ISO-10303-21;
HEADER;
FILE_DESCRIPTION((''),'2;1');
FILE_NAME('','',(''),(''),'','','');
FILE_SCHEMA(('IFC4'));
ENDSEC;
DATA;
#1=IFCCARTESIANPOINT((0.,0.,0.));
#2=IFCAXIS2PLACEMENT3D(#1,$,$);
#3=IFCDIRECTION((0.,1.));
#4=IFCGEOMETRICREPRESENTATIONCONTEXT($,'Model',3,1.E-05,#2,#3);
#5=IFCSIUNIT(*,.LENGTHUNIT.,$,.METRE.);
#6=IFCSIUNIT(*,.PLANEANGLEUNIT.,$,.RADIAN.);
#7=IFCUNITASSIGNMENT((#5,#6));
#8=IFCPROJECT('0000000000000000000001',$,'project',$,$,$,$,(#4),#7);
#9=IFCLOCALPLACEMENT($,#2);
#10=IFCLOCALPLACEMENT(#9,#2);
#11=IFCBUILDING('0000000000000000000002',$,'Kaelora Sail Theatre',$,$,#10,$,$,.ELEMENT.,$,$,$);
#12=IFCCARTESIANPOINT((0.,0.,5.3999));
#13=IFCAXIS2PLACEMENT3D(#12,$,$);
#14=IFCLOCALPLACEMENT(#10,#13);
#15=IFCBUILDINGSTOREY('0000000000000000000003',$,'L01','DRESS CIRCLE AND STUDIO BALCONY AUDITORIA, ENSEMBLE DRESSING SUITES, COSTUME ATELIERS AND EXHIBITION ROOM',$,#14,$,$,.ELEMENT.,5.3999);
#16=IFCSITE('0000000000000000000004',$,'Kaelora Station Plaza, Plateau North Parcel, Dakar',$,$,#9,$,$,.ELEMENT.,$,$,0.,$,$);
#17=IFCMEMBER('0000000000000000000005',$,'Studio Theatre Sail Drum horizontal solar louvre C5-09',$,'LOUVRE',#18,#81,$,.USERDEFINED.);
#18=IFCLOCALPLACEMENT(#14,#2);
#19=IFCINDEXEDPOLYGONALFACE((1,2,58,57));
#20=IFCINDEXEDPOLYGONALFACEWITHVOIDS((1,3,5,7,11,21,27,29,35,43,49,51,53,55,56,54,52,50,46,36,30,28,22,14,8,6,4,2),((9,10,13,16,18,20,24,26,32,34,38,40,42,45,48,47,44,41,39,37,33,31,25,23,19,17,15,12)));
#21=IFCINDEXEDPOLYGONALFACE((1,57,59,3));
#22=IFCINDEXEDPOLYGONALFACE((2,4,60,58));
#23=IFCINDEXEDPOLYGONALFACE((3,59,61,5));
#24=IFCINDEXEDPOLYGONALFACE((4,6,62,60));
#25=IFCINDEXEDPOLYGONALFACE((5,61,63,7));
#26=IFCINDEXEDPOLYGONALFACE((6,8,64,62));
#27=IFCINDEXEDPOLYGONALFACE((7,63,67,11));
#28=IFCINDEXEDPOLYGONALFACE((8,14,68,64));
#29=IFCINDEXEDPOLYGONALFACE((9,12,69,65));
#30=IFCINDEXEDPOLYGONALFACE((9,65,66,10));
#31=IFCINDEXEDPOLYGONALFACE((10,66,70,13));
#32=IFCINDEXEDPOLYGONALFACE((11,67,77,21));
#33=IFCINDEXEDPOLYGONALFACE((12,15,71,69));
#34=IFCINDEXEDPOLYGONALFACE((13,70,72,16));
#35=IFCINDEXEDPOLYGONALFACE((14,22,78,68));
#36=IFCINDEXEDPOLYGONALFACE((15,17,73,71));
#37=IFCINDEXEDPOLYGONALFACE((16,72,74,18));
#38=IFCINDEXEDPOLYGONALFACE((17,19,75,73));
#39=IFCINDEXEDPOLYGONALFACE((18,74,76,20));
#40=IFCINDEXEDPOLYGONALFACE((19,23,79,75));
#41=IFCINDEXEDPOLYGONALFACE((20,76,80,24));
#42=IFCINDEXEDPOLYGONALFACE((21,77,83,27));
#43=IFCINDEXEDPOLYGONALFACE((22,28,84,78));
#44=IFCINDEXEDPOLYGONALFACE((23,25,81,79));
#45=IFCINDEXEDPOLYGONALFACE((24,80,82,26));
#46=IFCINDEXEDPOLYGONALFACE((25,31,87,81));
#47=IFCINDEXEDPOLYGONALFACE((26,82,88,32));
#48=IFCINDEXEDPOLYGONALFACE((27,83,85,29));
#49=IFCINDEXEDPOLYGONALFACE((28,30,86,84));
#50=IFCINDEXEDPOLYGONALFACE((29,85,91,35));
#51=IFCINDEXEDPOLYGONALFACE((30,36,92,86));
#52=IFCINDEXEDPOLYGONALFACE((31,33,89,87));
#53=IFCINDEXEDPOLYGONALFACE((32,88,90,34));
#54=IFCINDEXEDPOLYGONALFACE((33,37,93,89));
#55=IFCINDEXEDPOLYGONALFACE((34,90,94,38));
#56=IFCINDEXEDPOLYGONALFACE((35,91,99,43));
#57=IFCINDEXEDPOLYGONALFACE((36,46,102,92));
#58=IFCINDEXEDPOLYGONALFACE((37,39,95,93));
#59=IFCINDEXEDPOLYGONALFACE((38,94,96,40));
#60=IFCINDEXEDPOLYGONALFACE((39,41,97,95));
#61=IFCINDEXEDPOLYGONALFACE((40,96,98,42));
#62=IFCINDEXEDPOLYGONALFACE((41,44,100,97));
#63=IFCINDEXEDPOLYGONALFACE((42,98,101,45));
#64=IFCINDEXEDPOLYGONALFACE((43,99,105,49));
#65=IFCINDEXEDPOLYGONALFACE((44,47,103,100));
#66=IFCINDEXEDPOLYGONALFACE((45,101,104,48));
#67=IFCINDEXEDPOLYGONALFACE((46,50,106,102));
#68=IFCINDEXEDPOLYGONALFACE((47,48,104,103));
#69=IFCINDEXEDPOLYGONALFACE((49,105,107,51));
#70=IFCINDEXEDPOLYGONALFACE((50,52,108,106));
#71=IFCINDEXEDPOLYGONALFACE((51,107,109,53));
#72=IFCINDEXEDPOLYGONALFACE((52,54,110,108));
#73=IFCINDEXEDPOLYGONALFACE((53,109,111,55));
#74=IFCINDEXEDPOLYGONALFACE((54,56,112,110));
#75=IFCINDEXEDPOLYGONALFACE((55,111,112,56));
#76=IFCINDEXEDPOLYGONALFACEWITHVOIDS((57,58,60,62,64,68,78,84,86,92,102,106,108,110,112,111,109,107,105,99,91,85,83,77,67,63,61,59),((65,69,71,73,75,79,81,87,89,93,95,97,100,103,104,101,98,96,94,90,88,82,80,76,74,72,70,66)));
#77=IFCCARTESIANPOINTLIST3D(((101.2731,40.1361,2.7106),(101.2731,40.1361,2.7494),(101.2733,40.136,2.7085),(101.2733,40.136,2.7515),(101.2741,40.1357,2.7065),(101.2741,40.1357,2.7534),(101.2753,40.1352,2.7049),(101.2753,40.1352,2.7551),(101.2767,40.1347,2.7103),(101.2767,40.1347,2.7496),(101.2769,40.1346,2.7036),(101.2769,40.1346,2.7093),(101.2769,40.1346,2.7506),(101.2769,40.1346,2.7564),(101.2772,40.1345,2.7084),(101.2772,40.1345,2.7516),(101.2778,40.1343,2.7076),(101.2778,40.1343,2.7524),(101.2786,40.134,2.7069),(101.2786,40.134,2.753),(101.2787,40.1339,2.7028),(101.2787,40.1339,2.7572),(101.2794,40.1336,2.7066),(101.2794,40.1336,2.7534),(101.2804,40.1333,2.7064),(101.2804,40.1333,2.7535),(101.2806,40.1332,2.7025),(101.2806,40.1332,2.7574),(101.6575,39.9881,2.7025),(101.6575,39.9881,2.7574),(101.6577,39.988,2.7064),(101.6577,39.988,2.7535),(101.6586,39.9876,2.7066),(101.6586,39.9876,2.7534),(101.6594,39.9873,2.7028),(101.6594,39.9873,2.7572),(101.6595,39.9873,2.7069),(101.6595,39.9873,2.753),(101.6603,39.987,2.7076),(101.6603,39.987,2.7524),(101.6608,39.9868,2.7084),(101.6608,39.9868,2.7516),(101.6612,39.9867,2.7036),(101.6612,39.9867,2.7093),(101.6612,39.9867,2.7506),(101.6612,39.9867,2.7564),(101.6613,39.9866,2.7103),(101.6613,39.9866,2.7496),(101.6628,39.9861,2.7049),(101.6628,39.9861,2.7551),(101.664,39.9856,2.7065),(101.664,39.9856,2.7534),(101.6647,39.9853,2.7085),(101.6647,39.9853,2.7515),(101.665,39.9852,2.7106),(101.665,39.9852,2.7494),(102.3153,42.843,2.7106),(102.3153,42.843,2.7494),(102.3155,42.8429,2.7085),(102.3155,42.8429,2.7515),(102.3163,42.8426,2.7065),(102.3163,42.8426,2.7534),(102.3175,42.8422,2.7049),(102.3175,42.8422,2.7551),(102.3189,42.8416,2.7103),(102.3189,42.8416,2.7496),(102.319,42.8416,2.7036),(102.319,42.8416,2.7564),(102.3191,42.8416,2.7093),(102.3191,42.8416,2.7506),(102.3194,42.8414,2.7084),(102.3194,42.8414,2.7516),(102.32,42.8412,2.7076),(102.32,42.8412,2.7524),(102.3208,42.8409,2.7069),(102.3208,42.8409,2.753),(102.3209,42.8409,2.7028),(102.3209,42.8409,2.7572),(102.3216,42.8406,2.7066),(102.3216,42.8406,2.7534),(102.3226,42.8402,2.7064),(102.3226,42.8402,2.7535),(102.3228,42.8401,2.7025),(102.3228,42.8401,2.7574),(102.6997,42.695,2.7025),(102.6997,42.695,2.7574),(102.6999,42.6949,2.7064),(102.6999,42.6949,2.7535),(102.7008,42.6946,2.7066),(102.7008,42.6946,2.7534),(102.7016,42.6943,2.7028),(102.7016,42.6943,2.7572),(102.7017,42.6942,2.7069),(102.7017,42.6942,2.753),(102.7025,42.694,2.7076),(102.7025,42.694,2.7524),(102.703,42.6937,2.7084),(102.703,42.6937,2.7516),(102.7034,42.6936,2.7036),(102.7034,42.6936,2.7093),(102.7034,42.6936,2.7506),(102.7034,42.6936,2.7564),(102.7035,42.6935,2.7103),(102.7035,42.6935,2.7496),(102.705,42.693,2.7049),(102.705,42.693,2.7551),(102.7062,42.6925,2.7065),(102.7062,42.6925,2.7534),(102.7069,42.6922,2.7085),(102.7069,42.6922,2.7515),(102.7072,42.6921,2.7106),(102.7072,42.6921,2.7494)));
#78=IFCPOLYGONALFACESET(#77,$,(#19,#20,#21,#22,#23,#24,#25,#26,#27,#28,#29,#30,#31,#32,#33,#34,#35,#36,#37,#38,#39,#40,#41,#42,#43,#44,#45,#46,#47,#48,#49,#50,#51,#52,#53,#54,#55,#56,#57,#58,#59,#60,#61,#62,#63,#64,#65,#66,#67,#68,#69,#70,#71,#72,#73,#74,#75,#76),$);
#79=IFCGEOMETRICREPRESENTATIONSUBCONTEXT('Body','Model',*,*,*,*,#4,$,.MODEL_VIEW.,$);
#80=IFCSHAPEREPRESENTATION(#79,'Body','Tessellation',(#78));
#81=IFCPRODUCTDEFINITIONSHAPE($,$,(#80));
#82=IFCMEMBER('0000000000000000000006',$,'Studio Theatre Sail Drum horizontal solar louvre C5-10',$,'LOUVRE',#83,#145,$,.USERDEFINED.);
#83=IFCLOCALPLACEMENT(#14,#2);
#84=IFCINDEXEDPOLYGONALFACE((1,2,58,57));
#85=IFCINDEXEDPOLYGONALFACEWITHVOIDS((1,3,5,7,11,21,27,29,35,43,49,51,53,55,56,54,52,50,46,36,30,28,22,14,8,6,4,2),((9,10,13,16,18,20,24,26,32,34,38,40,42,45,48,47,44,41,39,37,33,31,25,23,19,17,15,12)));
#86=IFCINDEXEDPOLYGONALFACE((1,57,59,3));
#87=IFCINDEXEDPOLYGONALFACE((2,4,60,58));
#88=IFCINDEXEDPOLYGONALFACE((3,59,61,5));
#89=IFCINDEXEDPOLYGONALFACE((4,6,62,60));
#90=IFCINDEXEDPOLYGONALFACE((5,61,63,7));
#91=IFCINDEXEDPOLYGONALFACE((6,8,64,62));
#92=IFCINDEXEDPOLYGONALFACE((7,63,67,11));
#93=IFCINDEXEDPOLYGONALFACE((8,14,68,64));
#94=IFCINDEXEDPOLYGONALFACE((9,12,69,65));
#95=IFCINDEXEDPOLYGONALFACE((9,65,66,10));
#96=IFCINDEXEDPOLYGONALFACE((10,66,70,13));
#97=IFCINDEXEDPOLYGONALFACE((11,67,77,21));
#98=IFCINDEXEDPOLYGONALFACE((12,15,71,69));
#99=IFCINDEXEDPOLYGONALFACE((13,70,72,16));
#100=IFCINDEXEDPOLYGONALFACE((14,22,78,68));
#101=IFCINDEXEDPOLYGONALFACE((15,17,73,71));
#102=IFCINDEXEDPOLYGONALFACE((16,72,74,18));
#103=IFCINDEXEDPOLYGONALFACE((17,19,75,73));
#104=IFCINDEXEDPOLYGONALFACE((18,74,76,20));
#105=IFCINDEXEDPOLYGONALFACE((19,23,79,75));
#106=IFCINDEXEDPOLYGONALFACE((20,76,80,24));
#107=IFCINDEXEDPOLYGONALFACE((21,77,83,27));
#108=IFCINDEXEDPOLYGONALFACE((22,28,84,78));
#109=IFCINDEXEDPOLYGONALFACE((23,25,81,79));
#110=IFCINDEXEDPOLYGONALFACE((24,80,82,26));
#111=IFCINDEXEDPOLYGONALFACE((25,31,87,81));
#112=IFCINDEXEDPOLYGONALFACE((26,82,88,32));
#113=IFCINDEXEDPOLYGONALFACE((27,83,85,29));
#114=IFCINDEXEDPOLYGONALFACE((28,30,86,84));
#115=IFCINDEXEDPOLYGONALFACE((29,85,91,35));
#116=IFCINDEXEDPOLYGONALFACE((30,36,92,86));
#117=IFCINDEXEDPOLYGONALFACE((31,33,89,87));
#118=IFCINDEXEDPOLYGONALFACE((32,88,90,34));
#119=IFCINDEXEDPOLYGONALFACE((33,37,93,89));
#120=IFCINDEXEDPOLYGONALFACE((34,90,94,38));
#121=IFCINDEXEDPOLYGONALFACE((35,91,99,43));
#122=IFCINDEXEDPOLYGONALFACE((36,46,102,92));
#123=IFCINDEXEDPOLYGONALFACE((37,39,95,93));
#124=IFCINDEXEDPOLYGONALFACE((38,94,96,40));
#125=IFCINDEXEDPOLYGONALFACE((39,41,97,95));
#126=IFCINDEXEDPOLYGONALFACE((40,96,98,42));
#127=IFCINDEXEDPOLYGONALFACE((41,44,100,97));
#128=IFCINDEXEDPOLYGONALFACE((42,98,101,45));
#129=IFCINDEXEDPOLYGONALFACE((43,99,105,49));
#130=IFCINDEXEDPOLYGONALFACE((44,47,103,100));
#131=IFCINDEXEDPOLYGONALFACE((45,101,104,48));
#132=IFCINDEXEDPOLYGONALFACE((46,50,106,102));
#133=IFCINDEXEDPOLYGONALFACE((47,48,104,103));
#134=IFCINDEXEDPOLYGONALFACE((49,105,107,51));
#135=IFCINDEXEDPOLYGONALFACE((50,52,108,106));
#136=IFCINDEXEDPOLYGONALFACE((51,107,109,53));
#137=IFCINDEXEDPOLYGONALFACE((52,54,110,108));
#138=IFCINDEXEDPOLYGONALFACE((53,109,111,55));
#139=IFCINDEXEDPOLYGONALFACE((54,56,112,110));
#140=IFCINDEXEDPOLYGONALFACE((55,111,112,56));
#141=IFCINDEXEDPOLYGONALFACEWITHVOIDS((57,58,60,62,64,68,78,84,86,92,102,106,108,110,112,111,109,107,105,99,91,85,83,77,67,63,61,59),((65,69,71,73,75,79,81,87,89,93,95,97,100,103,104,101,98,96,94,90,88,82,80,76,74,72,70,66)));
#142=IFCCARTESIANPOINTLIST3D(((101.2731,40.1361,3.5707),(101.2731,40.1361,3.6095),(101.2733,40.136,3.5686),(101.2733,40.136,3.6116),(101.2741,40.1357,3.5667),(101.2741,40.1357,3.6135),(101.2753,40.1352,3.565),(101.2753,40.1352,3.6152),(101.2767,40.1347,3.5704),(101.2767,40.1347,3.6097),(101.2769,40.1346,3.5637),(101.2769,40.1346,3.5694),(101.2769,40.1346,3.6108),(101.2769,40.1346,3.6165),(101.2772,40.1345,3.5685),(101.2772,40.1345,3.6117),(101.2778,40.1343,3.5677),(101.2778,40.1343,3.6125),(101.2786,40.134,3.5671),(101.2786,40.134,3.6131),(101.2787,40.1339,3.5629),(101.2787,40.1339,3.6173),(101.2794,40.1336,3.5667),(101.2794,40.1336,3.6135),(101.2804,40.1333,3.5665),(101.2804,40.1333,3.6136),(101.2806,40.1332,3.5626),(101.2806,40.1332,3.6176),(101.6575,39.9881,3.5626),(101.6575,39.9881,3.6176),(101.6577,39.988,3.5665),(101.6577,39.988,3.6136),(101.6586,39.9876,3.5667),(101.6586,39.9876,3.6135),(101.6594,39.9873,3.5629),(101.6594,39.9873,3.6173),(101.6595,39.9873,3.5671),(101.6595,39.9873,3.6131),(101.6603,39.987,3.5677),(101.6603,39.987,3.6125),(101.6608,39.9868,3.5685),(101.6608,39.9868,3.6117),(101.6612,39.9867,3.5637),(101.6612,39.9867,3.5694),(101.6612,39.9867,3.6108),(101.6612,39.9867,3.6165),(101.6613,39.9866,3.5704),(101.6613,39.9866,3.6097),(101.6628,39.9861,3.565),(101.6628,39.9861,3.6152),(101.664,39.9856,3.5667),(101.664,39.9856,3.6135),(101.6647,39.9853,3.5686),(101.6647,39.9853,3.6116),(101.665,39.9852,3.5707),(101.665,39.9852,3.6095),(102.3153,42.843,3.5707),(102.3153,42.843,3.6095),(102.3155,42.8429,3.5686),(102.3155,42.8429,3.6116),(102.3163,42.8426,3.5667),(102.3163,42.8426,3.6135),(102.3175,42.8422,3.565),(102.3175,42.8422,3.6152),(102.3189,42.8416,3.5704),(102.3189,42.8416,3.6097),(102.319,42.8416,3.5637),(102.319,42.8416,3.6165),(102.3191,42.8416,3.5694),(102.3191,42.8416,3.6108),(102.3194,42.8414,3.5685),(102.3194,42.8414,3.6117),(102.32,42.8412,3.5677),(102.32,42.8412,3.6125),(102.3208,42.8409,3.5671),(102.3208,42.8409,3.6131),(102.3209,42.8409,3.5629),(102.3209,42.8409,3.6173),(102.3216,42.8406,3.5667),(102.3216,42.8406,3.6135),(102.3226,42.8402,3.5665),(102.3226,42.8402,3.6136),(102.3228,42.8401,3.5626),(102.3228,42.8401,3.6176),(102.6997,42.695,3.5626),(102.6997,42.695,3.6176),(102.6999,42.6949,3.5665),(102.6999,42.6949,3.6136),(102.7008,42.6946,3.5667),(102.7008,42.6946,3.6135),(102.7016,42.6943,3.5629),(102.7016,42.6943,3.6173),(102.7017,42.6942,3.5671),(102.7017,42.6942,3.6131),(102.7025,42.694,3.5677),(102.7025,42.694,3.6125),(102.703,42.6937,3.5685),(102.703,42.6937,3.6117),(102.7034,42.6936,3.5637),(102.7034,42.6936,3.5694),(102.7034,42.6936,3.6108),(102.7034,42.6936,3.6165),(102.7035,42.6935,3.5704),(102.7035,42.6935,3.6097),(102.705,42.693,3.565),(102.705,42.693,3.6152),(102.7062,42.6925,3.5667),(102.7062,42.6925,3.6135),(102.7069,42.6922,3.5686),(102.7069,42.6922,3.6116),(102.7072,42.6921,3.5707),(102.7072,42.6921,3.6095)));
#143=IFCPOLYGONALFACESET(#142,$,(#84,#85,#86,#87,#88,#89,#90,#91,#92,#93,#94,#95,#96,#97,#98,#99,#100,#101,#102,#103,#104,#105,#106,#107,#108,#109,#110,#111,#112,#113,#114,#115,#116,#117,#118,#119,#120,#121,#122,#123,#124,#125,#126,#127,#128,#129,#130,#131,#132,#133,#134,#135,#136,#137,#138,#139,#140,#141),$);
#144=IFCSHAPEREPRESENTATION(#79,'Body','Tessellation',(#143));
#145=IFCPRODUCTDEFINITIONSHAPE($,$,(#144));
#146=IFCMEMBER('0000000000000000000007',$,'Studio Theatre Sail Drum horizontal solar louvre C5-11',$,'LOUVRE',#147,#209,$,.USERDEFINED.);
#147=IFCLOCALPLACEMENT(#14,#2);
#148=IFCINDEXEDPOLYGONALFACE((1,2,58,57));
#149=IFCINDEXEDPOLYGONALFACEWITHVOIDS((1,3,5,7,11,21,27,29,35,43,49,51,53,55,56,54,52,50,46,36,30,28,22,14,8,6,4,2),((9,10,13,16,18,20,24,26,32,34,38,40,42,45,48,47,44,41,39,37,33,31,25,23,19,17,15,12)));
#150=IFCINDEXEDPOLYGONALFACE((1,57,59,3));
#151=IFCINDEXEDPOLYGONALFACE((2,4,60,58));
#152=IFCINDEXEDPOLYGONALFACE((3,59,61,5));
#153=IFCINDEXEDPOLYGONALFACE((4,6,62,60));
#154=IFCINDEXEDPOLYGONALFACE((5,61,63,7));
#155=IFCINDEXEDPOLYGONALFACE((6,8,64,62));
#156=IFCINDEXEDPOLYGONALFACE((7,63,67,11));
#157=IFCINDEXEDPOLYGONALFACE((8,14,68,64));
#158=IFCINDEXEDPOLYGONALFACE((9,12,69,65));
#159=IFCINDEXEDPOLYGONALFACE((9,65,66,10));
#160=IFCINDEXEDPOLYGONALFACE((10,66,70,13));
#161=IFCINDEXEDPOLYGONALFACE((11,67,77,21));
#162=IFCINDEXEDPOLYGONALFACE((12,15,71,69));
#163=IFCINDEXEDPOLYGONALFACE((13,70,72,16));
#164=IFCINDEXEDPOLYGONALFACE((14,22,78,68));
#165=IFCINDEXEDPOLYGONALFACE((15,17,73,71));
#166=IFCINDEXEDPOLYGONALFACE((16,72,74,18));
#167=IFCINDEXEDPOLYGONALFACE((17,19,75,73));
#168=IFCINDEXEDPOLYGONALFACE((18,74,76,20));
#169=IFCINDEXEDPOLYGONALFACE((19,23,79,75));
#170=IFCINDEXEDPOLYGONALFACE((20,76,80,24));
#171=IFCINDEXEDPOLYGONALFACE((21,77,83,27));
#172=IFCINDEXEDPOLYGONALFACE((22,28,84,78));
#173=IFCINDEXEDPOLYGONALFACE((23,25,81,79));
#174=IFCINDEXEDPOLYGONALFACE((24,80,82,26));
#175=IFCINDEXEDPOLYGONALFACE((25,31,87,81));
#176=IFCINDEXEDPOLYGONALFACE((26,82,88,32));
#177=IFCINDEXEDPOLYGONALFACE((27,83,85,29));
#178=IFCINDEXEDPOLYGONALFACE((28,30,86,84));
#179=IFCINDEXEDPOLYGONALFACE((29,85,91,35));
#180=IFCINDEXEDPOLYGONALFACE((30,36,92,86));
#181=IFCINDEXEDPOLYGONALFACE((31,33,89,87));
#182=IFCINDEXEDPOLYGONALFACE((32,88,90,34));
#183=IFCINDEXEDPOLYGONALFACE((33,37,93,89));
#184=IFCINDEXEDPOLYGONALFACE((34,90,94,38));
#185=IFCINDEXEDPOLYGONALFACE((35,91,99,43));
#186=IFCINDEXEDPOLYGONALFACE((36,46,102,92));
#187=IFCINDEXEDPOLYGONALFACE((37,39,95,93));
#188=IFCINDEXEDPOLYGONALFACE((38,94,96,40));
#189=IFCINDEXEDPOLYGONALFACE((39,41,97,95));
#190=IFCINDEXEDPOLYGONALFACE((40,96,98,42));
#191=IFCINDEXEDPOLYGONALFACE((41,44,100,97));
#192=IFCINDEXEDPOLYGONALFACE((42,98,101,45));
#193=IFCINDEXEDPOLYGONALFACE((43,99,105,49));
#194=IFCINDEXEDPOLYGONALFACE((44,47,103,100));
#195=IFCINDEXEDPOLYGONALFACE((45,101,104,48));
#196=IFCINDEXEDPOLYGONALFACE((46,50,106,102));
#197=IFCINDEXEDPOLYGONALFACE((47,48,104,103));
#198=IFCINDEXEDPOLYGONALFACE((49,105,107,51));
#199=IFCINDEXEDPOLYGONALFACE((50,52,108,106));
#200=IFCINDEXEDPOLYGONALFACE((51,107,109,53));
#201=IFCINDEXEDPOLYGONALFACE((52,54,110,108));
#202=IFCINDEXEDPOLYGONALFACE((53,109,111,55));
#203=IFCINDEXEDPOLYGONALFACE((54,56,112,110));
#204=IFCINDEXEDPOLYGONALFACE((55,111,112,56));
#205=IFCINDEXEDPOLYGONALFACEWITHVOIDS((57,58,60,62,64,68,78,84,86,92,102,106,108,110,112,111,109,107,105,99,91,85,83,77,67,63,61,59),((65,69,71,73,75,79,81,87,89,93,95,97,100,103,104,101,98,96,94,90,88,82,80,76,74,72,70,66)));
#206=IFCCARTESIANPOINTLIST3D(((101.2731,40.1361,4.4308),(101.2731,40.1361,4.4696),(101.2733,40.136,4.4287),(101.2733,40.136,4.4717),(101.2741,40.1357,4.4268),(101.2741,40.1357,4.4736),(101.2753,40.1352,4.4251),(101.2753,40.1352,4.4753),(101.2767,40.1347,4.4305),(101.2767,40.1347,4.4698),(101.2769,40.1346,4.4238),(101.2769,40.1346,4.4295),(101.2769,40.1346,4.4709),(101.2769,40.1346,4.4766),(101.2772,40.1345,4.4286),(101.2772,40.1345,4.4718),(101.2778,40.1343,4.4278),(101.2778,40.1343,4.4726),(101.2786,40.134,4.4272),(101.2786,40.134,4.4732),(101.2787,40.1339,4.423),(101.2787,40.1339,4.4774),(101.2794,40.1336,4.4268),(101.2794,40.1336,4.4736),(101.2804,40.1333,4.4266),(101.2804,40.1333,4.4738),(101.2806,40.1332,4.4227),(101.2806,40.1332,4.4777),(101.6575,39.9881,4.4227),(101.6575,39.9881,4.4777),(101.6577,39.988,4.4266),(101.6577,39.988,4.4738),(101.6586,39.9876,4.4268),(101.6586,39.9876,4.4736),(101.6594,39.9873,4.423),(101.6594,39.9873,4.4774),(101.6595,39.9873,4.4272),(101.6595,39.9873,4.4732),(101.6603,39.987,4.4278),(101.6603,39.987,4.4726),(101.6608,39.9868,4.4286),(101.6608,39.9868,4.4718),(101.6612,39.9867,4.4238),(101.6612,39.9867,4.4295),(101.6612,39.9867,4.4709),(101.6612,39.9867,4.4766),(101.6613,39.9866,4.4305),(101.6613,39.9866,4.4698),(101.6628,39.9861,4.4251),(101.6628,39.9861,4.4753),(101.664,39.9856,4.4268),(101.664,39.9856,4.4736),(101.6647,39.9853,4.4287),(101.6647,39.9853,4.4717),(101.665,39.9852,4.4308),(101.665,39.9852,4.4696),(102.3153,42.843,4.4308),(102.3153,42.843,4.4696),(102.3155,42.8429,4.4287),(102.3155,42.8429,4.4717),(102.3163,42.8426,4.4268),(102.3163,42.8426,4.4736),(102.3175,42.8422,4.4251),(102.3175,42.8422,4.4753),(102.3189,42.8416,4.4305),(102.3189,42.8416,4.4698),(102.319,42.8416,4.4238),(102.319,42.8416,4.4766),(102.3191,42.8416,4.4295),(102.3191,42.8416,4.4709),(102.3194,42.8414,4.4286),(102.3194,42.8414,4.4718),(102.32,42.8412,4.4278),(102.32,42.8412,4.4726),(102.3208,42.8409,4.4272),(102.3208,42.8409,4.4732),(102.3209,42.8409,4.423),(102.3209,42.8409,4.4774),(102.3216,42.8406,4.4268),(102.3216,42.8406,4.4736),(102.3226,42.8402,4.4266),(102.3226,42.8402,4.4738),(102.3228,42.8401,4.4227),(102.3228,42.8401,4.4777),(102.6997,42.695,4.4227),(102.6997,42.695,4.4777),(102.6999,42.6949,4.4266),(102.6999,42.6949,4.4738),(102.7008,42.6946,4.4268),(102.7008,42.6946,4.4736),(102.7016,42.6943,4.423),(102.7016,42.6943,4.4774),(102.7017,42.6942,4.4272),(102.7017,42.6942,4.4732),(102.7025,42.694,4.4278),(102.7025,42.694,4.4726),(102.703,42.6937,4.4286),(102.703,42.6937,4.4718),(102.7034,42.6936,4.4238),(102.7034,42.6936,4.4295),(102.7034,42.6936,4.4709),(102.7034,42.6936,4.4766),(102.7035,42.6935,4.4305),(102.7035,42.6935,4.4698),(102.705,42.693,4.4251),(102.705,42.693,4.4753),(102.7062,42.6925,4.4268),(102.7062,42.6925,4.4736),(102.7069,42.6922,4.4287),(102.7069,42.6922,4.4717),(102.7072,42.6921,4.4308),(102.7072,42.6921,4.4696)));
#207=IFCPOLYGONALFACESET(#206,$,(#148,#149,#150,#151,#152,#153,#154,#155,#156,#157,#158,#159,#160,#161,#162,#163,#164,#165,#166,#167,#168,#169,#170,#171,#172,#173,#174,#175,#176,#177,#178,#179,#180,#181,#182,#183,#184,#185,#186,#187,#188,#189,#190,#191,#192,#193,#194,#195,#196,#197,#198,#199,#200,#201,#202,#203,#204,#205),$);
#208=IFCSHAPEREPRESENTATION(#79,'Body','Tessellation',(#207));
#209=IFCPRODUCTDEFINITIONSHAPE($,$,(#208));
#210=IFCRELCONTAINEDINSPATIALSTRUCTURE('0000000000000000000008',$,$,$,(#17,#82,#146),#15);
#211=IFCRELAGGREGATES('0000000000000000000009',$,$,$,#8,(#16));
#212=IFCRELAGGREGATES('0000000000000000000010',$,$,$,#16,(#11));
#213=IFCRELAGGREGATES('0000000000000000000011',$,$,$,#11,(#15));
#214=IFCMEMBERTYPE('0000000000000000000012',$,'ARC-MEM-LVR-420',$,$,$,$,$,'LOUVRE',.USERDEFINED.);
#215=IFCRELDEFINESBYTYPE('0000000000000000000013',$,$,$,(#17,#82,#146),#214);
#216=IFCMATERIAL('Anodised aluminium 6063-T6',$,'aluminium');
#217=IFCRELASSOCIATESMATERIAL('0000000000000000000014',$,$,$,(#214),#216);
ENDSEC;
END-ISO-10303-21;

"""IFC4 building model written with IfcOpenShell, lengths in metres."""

from ifc_helpers import new_model, si_unit, direction, frame, origin, origin_2d, place, context, subcontext, project, spatial, hollow_rectangle, extrude, material, material_profile, profile_set, type_object, element, save


model = new_model("IFC4")

# Units and contexts
model_context = context("Model", 3, precision=1e-05, world=origin(), true_north=direction((0.0, 1.0)))
body_context = subcontext(model_context, "Body", "Model", "MODEL_VIEW")
ifc_project = project(units=[si_unit("LENGTHUNIT", "METRE"), si_unit("PLANEANGLEUNIT", "RADIAN")], contexts=[model_context])

# Site, building, storey
site_placement = place(None, origin())
site = spatial("IfcSite", under=ifc_project, at=site_placement, Name="Kaelora Station Plaza, Plateau North Parcel, Dakar", CompositionType="ELEMENT", RefElevation=0.0)
building_placement = place(site_placement, origin())
building = spatial("IfcBuilding", under=site, at=building_placement, Name="Kaelora Sail Theatre", CompositionType="ELEMENT")
storey_placement = place(building_placement, frame((0.0, 0.0, 5.3999)))
storey = spatial("IfcBuildingStorey", under=building, at=storey_placement, Name="L01", Description="DRESS CIRCLE AND STUDIO BALCONY AUDITORIA, ENSEMBLE DRESSING SUITES, COSTUME ATELIERS AND EXHIBITION ROOM", CompositionType="ELEMENT", Elevation=5.3999)

# Members
ifc_material_1 = material(Name="Anodised aluminium 6063-T6", Category="aluminium")
ifc_material_profile_1 = material_profile(ifc_material_1, hollow_rectangle(XDim=0.4199, YDim=0.0549, WallThickness=0.0039, InnerFilletRadius=0.0039, OuterFilletRadius=0.0081, at=origin_2d()), Name="LOUVRE 420x55x4")
ifc_profile_set_1 = profile_set([ifc_material_profile_1], Name="Anodised aluminium 6063-T6")
member_type = type_object("IfcMemberType", Name="ARC-MEM-LVR-420", ElementType="LOUVRE", PredefinedType="USERDEFINED", material=ifc_profile_set_1)
for number, where, z_axis, x_axis, name in (
    (1, (102.5112, 42.7676, 2.73), (-0.359301, -0.933222, 0.0), (0.933222, -0.359301, 0.0), "Studio Theatre Sail Drum horizontal solar louvre C5-09"),
    (2, (102.5112, 42.7676, 3.5901), (-0.359301, -0.933222, 0.0), (0.933222, -0.359301, 0.0), "Studio Theatre Sail Drum horizontal solar louvre C5-10"),
    (3, (102.5112, 42.7676, 4.4502), (-0.359301, -0.933222, 0.0), (0.933222, -0.359301, 0.0), "Studio Theatre Sail Drum horizontal solar louvre C5-11"),
):
    element("IfcMember", number, at=place(storey_placement, frame(where, z_axis=z_axis, x_axis=x_axis)), inside=storey, type_object=member_type, Name=name, ObjectType="LOUVRE", PredefinedType="USERDEFINED", context=body_context, shape_type="SweptSolid", body=[
        extrude(hollow_rectangle(XDim=0.4199, YDim=0.0549, WallThickness=0.0039, InnerFilletRadius=0.0039, OuterFilletRadius=0.0081, at=origin_2d()), origin(), (0.0, 0.0, 1.0), 2.9006),
    ])

save(model, "model.ifc")
